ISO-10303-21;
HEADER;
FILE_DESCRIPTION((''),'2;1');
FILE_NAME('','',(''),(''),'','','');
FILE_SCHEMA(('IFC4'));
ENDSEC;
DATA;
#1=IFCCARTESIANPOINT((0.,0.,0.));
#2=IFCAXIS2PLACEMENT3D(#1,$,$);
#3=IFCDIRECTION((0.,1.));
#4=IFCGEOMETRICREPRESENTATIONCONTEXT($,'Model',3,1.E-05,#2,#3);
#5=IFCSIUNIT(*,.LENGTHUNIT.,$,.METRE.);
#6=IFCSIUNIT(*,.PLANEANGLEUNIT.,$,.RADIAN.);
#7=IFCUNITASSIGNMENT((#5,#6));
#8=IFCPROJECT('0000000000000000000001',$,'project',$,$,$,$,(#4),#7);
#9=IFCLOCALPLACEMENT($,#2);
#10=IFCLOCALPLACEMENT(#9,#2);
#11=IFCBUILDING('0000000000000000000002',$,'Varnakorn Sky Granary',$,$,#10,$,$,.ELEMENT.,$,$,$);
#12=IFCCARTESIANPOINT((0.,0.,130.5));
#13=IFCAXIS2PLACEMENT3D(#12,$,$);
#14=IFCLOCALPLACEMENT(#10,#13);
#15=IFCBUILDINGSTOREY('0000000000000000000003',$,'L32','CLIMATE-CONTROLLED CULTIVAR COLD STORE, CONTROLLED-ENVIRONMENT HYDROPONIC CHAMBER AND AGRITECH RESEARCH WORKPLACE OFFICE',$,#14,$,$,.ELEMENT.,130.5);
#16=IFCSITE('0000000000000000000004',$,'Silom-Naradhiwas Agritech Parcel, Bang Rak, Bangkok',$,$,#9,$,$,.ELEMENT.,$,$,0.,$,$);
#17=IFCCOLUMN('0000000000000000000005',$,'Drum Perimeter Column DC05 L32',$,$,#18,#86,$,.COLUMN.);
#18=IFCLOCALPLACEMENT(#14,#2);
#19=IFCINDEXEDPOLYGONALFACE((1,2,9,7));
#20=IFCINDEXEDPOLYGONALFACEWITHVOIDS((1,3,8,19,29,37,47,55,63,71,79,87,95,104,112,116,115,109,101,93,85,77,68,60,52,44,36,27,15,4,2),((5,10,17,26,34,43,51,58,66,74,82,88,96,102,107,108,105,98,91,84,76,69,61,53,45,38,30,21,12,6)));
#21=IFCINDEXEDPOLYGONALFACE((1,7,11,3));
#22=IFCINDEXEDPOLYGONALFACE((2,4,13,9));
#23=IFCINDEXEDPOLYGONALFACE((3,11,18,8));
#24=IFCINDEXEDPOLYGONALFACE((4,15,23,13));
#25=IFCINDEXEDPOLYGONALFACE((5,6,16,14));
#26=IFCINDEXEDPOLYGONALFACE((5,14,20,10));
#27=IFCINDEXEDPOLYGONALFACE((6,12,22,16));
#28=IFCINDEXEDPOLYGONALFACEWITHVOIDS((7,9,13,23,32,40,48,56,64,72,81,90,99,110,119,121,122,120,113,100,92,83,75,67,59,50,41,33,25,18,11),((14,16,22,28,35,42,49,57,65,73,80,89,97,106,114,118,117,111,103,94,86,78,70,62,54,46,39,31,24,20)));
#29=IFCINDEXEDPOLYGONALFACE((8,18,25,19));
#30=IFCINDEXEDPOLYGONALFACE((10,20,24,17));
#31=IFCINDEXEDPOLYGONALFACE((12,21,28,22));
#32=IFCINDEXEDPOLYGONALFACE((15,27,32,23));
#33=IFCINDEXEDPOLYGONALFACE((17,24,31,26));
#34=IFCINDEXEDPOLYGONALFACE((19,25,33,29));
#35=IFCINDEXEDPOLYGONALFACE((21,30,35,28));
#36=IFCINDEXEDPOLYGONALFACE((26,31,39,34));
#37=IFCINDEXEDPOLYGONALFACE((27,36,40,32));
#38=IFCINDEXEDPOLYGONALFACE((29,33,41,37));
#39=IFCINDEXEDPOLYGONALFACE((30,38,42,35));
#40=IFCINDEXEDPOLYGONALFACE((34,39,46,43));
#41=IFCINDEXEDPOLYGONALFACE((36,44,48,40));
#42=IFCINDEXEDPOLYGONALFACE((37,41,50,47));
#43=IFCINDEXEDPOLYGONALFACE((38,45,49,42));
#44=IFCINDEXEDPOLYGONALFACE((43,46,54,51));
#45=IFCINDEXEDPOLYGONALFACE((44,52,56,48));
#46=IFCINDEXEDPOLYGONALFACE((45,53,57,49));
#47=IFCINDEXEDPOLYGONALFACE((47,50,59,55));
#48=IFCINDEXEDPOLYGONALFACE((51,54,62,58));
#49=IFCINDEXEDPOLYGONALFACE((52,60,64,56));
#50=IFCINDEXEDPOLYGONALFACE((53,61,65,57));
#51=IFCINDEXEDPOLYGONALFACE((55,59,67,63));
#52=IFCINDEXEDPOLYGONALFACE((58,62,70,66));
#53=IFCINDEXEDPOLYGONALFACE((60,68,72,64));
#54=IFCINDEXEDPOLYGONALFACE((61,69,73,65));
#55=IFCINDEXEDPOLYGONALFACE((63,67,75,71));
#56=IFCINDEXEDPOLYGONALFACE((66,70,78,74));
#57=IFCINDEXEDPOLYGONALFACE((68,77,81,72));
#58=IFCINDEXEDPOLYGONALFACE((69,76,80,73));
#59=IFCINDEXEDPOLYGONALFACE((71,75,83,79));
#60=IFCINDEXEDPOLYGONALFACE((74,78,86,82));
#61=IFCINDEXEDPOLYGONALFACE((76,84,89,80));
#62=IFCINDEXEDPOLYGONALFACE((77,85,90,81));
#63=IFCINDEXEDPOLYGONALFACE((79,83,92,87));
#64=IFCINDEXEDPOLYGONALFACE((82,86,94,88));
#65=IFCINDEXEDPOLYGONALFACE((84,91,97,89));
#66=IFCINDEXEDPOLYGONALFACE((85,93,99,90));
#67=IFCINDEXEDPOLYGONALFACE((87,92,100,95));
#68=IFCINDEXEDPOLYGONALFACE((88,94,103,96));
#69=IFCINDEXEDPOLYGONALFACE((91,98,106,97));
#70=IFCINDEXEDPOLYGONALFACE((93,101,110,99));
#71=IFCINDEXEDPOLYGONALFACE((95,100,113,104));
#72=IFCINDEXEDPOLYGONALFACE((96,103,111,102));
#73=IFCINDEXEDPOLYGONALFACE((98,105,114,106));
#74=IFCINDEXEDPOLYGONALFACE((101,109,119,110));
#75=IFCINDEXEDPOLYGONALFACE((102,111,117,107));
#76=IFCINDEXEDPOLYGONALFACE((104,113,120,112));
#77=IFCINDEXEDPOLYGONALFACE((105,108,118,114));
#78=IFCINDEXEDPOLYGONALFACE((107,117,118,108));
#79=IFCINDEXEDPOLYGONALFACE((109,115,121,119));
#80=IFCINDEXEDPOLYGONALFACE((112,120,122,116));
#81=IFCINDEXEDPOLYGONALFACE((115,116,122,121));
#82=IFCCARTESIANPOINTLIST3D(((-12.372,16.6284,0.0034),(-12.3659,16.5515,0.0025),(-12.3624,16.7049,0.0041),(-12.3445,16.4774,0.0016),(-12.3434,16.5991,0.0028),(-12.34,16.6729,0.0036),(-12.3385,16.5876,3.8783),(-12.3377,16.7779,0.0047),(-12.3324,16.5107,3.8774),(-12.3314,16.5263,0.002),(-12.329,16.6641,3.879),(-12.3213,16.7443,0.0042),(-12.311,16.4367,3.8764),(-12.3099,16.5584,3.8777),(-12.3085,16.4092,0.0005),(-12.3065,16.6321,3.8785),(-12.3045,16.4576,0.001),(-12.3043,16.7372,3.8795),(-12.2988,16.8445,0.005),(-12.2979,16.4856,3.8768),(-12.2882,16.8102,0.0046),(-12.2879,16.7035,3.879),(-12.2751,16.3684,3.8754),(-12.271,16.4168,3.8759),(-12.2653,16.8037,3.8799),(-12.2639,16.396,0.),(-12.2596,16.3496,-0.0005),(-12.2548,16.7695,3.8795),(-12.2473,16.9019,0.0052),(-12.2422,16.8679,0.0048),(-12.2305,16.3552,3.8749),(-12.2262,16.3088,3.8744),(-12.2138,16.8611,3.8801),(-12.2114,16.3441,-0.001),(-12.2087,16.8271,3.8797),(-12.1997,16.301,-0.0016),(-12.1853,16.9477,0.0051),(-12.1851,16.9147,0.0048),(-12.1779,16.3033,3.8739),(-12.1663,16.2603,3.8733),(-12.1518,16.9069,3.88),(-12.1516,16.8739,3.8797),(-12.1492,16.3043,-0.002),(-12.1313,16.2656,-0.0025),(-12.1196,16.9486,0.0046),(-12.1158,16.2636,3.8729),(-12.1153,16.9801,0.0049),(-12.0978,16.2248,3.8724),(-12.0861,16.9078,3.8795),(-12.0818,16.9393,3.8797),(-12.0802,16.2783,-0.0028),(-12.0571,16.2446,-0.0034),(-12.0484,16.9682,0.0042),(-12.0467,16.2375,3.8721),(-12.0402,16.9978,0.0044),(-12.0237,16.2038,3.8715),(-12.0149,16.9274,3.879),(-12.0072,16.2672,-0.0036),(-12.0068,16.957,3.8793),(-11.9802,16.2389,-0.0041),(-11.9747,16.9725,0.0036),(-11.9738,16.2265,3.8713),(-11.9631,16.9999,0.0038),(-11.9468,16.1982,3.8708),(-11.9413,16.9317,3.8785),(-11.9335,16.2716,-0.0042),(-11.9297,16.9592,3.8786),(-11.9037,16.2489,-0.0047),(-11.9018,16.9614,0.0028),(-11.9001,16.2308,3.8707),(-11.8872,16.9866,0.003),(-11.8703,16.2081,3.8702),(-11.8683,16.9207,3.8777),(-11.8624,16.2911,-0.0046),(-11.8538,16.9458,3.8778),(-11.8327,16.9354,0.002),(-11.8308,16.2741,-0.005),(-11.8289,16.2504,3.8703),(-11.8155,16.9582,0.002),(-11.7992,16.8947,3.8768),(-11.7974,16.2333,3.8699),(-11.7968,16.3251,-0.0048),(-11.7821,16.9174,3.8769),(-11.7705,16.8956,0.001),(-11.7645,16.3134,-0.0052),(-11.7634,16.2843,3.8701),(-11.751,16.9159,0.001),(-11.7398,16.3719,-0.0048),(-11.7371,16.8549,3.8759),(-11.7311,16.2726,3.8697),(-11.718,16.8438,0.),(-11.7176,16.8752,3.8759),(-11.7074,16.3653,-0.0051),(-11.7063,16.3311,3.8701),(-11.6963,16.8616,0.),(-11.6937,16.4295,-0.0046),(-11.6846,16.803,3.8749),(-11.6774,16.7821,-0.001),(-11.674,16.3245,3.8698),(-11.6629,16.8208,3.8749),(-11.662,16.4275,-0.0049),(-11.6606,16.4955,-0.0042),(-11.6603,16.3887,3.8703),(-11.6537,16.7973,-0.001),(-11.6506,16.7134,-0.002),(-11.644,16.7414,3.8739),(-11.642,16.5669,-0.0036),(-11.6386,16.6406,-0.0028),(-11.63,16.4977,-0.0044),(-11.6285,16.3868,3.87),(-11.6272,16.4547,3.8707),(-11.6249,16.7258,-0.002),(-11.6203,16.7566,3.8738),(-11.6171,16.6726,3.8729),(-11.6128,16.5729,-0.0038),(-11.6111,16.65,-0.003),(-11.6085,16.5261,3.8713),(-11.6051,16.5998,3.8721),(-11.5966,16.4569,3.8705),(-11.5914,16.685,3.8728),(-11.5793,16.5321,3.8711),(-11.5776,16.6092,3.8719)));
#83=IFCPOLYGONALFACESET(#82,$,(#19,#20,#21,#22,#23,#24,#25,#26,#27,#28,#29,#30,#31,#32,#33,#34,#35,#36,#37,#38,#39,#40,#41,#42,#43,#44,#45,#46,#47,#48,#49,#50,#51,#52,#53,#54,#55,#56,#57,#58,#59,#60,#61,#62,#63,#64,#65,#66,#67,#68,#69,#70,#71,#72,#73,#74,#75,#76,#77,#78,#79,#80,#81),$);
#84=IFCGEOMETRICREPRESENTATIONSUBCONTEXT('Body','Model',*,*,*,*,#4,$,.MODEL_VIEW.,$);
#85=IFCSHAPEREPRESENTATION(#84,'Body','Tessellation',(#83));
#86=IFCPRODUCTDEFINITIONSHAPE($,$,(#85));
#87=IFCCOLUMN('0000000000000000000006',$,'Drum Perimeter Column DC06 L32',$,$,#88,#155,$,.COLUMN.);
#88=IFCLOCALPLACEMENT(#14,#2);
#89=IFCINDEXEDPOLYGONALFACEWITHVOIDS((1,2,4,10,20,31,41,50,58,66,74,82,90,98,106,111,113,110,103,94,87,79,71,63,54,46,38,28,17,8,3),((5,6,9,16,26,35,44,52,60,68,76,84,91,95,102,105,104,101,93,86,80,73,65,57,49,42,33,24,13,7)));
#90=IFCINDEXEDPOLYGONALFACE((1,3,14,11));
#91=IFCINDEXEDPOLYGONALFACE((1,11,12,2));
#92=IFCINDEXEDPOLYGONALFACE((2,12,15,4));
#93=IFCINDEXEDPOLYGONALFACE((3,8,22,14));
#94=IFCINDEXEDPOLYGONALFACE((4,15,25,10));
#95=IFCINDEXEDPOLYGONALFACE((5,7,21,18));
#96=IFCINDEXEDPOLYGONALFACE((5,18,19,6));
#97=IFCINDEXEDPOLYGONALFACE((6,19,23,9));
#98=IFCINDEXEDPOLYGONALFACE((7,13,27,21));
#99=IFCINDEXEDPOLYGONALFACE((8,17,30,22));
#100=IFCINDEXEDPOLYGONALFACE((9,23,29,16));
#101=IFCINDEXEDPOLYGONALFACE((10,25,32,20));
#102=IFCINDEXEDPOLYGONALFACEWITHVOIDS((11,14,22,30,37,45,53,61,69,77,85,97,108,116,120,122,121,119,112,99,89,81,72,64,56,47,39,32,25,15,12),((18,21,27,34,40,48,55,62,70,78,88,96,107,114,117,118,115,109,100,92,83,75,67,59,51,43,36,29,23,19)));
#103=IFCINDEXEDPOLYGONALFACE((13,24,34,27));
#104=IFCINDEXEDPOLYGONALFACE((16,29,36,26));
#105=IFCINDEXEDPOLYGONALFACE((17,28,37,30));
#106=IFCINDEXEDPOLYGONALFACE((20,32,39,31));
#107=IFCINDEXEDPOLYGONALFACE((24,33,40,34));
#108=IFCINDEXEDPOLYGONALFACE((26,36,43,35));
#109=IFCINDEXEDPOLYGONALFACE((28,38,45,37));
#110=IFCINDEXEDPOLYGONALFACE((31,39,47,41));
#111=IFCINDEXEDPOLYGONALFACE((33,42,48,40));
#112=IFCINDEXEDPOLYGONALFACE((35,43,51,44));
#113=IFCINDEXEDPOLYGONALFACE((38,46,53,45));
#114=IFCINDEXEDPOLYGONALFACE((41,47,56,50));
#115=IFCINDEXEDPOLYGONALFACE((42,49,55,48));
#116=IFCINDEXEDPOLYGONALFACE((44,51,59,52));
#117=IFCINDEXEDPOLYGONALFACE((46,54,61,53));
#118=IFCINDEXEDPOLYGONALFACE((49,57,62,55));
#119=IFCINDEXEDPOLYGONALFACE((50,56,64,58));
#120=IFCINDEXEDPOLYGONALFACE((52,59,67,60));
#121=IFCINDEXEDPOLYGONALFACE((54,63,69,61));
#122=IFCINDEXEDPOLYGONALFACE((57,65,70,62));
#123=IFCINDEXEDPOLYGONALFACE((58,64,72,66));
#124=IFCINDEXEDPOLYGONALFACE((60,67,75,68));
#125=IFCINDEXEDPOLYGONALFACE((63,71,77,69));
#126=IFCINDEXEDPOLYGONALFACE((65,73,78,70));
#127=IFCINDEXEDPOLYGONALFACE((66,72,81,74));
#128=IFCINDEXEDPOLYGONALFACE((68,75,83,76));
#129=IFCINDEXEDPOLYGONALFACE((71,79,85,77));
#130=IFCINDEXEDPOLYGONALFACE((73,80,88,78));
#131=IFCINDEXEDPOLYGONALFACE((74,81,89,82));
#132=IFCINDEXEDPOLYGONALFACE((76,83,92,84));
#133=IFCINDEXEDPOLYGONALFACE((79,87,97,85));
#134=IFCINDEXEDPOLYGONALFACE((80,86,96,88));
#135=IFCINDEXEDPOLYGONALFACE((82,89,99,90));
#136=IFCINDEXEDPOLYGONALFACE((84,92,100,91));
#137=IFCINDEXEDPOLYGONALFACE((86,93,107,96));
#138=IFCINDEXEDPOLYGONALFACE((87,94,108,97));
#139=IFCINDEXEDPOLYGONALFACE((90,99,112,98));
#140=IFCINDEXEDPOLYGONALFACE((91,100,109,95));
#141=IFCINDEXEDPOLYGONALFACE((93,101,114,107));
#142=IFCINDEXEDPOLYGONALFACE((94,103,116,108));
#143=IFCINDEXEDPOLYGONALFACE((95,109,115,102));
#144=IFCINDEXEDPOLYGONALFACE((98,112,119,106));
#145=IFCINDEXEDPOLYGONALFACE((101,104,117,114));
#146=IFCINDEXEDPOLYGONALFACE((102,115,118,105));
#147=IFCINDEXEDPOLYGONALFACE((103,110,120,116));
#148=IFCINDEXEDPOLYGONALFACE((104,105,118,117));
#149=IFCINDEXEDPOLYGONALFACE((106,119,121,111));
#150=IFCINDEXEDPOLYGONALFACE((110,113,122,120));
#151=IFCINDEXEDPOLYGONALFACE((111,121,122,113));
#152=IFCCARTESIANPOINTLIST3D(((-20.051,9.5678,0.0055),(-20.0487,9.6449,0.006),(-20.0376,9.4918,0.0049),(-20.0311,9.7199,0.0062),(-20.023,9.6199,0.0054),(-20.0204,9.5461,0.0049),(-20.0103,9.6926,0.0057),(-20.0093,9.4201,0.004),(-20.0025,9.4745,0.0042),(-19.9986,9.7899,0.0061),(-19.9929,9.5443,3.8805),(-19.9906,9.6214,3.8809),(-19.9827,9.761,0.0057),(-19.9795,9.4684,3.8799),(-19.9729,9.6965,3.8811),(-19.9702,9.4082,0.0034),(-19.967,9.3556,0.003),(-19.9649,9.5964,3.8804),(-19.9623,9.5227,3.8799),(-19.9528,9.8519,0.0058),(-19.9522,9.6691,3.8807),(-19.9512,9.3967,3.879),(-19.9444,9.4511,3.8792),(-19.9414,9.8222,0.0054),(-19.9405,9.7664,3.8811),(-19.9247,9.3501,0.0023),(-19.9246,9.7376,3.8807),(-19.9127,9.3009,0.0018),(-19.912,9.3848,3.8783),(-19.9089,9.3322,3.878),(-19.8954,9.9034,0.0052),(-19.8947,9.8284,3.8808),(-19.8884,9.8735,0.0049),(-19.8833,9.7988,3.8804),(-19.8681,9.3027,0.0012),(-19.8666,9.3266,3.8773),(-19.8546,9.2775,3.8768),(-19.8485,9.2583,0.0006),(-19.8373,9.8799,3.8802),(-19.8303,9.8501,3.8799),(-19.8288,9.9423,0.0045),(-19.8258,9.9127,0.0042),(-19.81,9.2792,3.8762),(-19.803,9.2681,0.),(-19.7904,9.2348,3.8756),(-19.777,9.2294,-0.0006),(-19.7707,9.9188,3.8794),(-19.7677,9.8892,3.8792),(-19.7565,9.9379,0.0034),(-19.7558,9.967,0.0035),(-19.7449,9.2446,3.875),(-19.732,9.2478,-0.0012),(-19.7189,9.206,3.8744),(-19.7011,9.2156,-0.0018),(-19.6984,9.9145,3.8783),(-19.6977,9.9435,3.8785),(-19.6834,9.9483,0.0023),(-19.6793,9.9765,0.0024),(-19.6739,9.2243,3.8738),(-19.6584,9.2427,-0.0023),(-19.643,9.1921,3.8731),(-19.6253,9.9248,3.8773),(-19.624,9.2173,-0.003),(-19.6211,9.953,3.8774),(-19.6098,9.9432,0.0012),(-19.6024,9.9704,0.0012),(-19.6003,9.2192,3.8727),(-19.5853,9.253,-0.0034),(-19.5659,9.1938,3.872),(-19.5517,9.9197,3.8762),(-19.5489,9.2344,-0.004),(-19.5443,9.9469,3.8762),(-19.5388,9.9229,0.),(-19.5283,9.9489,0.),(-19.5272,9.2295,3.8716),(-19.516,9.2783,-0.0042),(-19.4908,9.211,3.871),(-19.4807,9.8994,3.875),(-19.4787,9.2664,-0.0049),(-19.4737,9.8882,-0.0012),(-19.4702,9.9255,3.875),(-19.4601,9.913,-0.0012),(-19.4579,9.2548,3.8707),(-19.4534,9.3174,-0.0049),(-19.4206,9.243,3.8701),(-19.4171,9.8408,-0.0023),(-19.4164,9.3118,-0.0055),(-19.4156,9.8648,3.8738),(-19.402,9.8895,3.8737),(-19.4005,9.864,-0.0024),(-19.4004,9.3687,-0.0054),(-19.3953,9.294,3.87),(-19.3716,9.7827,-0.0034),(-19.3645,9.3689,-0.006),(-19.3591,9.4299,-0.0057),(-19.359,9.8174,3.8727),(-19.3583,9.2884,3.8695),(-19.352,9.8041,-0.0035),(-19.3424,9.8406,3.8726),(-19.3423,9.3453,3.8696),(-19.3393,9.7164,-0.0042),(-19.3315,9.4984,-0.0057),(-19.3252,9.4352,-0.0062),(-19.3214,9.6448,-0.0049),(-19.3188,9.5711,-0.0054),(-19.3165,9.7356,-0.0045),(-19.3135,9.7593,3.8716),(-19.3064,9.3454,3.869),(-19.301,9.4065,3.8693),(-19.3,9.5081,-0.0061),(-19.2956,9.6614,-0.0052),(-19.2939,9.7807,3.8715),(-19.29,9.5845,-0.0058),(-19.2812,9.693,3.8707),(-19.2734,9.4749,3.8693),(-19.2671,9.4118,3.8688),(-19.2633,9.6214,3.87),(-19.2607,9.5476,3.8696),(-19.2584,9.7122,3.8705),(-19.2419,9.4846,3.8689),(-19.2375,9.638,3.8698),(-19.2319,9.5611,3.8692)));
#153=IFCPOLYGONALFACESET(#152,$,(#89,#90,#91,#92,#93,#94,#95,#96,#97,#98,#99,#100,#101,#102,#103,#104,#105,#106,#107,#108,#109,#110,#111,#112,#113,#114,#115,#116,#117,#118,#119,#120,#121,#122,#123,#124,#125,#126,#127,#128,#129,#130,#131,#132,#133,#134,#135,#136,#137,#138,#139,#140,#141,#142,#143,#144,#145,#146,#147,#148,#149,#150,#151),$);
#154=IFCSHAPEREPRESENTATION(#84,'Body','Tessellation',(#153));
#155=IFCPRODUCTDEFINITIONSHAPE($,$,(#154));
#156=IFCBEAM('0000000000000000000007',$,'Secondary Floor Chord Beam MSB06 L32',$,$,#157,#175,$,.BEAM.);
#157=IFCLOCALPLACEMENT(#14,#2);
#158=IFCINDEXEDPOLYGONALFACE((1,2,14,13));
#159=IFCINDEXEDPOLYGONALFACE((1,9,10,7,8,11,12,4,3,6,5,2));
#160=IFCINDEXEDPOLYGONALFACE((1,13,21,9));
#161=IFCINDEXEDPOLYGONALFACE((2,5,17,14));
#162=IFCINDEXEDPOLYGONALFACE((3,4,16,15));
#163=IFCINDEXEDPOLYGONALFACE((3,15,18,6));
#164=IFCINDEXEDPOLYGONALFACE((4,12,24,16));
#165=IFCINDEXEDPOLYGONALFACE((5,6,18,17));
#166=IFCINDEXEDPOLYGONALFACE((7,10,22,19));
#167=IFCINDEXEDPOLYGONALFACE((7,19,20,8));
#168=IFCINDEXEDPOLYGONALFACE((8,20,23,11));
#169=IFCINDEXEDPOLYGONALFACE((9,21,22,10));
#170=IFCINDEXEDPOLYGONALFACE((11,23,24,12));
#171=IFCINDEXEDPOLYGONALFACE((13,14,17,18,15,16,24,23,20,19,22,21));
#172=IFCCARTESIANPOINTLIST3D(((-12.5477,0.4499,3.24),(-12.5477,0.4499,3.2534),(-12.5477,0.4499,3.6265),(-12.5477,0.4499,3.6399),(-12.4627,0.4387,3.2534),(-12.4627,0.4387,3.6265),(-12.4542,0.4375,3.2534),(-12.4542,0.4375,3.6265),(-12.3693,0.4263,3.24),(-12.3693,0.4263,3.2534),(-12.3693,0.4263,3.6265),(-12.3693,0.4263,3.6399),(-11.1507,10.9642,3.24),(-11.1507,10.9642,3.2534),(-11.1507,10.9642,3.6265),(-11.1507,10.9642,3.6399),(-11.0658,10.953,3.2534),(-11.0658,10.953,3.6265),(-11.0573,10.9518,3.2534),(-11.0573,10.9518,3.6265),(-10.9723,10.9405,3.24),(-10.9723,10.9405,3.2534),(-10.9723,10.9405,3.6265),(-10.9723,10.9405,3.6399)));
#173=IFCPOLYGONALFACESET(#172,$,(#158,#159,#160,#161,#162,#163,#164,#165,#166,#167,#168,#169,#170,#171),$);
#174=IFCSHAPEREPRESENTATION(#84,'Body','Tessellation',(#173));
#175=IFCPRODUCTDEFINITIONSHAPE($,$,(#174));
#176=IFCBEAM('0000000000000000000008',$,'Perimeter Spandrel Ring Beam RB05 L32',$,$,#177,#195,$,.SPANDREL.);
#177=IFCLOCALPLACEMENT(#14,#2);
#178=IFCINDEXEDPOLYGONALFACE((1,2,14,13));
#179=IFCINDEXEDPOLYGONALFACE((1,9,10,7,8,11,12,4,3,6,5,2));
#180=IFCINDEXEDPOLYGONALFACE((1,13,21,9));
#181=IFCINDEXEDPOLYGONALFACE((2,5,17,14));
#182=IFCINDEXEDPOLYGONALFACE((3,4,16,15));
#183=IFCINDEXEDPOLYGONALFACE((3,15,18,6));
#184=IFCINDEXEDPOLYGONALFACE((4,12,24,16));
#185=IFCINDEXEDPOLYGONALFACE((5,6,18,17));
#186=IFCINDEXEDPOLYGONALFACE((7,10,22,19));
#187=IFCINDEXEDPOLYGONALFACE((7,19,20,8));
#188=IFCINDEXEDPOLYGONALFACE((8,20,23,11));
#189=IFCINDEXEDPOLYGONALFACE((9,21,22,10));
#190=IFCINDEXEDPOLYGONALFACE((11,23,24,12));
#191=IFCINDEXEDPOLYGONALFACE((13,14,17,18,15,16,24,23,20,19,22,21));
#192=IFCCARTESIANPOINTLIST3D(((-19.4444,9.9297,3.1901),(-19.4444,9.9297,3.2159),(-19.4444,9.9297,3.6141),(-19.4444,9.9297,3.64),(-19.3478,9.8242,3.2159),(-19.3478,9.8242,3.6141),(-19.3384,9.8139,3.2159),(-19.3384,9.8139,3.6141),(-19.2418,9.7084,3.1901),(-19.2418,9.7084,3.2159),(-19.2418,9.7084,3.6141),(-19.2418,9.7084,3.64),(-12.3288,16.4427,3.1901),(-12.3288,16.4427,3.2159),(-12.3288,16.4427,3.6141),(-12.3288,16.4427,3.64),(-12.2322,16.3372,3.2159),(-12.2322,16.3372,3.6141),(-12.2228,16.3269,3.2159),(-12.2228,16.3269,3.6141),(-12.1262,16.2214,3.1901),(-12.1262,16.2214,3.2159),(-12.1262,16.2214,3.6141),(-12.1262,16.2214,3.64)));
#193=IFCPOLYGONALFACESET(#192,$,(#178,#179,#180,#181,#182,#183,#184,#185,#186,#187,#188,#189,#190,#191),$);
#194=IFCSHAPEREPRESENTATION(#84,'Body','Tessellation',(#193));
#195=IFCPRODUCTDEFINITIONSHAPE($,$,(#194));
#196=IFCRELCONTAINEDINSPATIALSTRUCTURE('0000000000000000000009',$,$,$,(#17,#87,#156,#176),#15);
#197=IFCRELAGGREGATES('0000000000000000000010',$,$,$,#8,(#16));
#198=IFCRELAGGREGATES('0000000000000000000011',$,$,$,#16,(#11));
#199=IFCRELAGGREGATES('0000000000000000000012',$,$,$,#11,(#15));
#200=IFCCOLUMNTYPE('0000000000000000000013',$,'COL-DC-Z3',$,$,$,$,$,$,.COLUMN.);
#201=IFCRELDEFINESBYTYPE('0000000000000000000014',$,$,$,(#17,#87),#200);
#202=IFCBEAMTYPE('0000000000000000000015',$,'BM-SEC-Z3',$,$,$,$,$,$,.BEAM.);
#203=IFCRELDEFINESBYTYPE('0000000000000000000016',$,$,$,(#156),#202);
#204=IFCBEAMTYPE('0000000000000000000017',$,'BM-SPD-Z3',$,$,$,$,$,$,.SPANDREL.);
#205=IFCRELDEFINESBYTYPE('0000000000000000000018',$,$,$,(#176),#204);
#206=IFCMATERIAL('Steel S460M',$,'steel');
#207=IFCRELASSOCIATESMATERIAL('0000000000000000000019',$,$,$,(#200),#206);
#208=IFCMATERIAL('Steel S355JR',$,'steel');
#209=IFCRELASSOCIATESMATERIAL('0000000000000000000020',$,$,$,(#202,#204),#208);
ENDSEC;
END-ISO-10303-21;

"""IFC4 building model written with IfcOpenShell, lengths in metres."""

from ifc_helpers import new_model, si_unit, direction, frame, origin, origin_2d, place, context, subcontext, project, spatial, hollow_circle, i_section, extrude, material, material_profile, profile_set, type_object, element, save


model = new_model("IFC4")

# Units and contexts
model_context = context("Model", 3, precision=1e-05, world=origin(), true_north=direction((0.0, 1.0)))
body_context = subcontext(model_context, "Body", "Model", "MODEL_VIEW")
ifc_project = project(units=[si_unit("LENGTHUNIT", "METRE"), si_unit("PLANEANGLEUNIT", "RADIAN")], contexts=[model_context])

# Site, building, storey
site_placement = place(None, origin())
site = spatial("IfcSite", under=ifc_project, at=site_placement, Name="Silom-Naradhiwas Agritech Parcel, Bang Rak, Bangkok", CompositionType="ELEMENT", RefElevation=0.0)
building_placement = place(site_placement, origin())
building = spatial("IfcBuilding", under=site, at=building_placement, Name="Varnakorn Sky Granary", CompositionType="ELEMENT")
storey_placement = place(building_placement, frame((0.0, 0.0, 130.5)))
storey = spatial("IfcBuildingStorey", under=building, at=storey_placement, Name="L32", Description="CLIMATE-CONTROLLED CULTIVAR COLD STORE, CONTROLLED-ENVIRONMENT HYDROPONIC CHAMBER AND AGRITECH RESEARCH WORKPLACE OFFICE", CompositionType="ELEMENT", Elevation=130.5)

# Columns
ifc_material_1 = material(Name="Steel S460M", Category="steel")
ifc_material_profile_1 = material_profile(ifc_material_1, hollow_circle(Radius=0.3811, WallThickness=0.0281, at=origin_2d()), Name="CHS 762x28")
ifc_profile_set_1 = profile_set([ifc_material_profile_1], Name="Steel S460M")
column_type = type_object("IfcColumnType", Name="COL-DC-Z3", PredefinedType="COLUMN", material=ifc_profile_set_1)
column_1_placement = place(storey_placement, frame((-11.991, 16.6199, 0.0), z_axis=(0.008631, -0.010521, 0.999907), x_axis=(0.773132, 0.634246, 0.0)))
element("IfcColumn", 1, at=column_1_placement, inside=storey, type_object=column_type, Name="Drum Perimeter Column DC05 L32", PredefinedType="COLUMN", context=body_context, shape_type="SweptSolid", body=[
    extrude(hollow_circle(Radius=0.3811, WallThickness=0.0281, at=origin_2d()), origin(), (0.0, 0.0, 1.0), 3.8752),
])
column_2_placement = place(storey_placement, frame((-19.6709, 9.5955, 0.0), z_axis=(0.014993, -0.006048, 0.999869), x_axis=(0.374076, 0.927398, 0.0)))
element("IfcColumn", 2, at=column_2_placement, inside=storey, type_object=column_type, Name="Drum Perimeter Column DC06 L32", PredefinedType="COLUMN", context=body_context, shape_type="SweptSolid", body=[
    extrude(hollow_circle(Radius=0.3811, WallThickness=0.0281, at=origin_2d()), origin(), (0.0, 0.0, 1.0), 3.8755),
])

# Beams
ifc_material_2 = material(Name="Steel S355JR", Category="steel")
ifc_material_profile_2 = material_profile(ifc_material_2, i_section(OverallWidth=0.1799, OverallDepth=0.3999, WebThickness=0.0085, FlangeThickness=0.0134, at=origin_2d()), Name="IPE 400")
ifc_profile_set_2 = profile_set([ifc_material_profile_2], Name="Steel S355JR")
beam_type_1 = type_object("IfcBeamType", Name="BM-SEC-Z3", PredefinedType="BEAM", material=ifc_profile_set_2)
beam_1_placement = place(storey_placement, frame((-11.0615, 10.9524, 3.4399), z_axis=(-0.131705, -0.991289, 0.0), x_axis=(0.991289, -0.131705, 0.0)))
element("IfcBeam", 3, at=beam_1_placement, inside=storey, type_object=beam_type_1, Name="Secondary Floor Chord Beam MSB06 L32", PredefinedType="BEAM", context=body_context, shape_type="SweptSolid", body=[
    extrude(i_section(OverallWidth=0.1799, OverallDepth=0.3999, WebThickness=0.0085, FlangeThickness=0.0134, at=origin_2d()), origin(), (0.0, 0.0, 1.0), 10.6067),
])
ifc_material_profile_3 = material_profile(ifc_material_2, i_section(OverallWidth=0.3, OverallDepth=0.45, WebThickness=0.0139, FlangeThickness=0.0259, at=origin_2d()), Name="HE 450 B")
ifc_profile_set_3 = profile_set([ifc_material_profile_3], Name="Steel S355JR")
beam_type_2 = type_object("IfcBeamType", Name="BM-SPD-Z3", PredefinedType="SPANDREL", material=ifc_profile_set_3)
beam_2_placement = place(storey_placement, frame((-12.2275, 16.332, 3.415), z_axis=(-0.737649, -0.675185, 0.0), x_axis=(0.675185, -0.737649, 0.0)))
element("IfcBeam", 4, at=beam_2_placement, inside=storey, type_object=beam_type_2, Name="Perimeter Spandrel Ring Beam RB05 L32", PredefinedType="SPANDREL", context=body_context, shape_type="SweptSolid", body=[
    extrude(i_section(OverallWidth=0.3, OverallDepth=0.45, WebThickness=0.0139, FlangeThickness=0.0259, at=origin_2d()), origin(), (0.0, 0.0, 1.0), 9.6462),
])

save(model, "model.ifc")
